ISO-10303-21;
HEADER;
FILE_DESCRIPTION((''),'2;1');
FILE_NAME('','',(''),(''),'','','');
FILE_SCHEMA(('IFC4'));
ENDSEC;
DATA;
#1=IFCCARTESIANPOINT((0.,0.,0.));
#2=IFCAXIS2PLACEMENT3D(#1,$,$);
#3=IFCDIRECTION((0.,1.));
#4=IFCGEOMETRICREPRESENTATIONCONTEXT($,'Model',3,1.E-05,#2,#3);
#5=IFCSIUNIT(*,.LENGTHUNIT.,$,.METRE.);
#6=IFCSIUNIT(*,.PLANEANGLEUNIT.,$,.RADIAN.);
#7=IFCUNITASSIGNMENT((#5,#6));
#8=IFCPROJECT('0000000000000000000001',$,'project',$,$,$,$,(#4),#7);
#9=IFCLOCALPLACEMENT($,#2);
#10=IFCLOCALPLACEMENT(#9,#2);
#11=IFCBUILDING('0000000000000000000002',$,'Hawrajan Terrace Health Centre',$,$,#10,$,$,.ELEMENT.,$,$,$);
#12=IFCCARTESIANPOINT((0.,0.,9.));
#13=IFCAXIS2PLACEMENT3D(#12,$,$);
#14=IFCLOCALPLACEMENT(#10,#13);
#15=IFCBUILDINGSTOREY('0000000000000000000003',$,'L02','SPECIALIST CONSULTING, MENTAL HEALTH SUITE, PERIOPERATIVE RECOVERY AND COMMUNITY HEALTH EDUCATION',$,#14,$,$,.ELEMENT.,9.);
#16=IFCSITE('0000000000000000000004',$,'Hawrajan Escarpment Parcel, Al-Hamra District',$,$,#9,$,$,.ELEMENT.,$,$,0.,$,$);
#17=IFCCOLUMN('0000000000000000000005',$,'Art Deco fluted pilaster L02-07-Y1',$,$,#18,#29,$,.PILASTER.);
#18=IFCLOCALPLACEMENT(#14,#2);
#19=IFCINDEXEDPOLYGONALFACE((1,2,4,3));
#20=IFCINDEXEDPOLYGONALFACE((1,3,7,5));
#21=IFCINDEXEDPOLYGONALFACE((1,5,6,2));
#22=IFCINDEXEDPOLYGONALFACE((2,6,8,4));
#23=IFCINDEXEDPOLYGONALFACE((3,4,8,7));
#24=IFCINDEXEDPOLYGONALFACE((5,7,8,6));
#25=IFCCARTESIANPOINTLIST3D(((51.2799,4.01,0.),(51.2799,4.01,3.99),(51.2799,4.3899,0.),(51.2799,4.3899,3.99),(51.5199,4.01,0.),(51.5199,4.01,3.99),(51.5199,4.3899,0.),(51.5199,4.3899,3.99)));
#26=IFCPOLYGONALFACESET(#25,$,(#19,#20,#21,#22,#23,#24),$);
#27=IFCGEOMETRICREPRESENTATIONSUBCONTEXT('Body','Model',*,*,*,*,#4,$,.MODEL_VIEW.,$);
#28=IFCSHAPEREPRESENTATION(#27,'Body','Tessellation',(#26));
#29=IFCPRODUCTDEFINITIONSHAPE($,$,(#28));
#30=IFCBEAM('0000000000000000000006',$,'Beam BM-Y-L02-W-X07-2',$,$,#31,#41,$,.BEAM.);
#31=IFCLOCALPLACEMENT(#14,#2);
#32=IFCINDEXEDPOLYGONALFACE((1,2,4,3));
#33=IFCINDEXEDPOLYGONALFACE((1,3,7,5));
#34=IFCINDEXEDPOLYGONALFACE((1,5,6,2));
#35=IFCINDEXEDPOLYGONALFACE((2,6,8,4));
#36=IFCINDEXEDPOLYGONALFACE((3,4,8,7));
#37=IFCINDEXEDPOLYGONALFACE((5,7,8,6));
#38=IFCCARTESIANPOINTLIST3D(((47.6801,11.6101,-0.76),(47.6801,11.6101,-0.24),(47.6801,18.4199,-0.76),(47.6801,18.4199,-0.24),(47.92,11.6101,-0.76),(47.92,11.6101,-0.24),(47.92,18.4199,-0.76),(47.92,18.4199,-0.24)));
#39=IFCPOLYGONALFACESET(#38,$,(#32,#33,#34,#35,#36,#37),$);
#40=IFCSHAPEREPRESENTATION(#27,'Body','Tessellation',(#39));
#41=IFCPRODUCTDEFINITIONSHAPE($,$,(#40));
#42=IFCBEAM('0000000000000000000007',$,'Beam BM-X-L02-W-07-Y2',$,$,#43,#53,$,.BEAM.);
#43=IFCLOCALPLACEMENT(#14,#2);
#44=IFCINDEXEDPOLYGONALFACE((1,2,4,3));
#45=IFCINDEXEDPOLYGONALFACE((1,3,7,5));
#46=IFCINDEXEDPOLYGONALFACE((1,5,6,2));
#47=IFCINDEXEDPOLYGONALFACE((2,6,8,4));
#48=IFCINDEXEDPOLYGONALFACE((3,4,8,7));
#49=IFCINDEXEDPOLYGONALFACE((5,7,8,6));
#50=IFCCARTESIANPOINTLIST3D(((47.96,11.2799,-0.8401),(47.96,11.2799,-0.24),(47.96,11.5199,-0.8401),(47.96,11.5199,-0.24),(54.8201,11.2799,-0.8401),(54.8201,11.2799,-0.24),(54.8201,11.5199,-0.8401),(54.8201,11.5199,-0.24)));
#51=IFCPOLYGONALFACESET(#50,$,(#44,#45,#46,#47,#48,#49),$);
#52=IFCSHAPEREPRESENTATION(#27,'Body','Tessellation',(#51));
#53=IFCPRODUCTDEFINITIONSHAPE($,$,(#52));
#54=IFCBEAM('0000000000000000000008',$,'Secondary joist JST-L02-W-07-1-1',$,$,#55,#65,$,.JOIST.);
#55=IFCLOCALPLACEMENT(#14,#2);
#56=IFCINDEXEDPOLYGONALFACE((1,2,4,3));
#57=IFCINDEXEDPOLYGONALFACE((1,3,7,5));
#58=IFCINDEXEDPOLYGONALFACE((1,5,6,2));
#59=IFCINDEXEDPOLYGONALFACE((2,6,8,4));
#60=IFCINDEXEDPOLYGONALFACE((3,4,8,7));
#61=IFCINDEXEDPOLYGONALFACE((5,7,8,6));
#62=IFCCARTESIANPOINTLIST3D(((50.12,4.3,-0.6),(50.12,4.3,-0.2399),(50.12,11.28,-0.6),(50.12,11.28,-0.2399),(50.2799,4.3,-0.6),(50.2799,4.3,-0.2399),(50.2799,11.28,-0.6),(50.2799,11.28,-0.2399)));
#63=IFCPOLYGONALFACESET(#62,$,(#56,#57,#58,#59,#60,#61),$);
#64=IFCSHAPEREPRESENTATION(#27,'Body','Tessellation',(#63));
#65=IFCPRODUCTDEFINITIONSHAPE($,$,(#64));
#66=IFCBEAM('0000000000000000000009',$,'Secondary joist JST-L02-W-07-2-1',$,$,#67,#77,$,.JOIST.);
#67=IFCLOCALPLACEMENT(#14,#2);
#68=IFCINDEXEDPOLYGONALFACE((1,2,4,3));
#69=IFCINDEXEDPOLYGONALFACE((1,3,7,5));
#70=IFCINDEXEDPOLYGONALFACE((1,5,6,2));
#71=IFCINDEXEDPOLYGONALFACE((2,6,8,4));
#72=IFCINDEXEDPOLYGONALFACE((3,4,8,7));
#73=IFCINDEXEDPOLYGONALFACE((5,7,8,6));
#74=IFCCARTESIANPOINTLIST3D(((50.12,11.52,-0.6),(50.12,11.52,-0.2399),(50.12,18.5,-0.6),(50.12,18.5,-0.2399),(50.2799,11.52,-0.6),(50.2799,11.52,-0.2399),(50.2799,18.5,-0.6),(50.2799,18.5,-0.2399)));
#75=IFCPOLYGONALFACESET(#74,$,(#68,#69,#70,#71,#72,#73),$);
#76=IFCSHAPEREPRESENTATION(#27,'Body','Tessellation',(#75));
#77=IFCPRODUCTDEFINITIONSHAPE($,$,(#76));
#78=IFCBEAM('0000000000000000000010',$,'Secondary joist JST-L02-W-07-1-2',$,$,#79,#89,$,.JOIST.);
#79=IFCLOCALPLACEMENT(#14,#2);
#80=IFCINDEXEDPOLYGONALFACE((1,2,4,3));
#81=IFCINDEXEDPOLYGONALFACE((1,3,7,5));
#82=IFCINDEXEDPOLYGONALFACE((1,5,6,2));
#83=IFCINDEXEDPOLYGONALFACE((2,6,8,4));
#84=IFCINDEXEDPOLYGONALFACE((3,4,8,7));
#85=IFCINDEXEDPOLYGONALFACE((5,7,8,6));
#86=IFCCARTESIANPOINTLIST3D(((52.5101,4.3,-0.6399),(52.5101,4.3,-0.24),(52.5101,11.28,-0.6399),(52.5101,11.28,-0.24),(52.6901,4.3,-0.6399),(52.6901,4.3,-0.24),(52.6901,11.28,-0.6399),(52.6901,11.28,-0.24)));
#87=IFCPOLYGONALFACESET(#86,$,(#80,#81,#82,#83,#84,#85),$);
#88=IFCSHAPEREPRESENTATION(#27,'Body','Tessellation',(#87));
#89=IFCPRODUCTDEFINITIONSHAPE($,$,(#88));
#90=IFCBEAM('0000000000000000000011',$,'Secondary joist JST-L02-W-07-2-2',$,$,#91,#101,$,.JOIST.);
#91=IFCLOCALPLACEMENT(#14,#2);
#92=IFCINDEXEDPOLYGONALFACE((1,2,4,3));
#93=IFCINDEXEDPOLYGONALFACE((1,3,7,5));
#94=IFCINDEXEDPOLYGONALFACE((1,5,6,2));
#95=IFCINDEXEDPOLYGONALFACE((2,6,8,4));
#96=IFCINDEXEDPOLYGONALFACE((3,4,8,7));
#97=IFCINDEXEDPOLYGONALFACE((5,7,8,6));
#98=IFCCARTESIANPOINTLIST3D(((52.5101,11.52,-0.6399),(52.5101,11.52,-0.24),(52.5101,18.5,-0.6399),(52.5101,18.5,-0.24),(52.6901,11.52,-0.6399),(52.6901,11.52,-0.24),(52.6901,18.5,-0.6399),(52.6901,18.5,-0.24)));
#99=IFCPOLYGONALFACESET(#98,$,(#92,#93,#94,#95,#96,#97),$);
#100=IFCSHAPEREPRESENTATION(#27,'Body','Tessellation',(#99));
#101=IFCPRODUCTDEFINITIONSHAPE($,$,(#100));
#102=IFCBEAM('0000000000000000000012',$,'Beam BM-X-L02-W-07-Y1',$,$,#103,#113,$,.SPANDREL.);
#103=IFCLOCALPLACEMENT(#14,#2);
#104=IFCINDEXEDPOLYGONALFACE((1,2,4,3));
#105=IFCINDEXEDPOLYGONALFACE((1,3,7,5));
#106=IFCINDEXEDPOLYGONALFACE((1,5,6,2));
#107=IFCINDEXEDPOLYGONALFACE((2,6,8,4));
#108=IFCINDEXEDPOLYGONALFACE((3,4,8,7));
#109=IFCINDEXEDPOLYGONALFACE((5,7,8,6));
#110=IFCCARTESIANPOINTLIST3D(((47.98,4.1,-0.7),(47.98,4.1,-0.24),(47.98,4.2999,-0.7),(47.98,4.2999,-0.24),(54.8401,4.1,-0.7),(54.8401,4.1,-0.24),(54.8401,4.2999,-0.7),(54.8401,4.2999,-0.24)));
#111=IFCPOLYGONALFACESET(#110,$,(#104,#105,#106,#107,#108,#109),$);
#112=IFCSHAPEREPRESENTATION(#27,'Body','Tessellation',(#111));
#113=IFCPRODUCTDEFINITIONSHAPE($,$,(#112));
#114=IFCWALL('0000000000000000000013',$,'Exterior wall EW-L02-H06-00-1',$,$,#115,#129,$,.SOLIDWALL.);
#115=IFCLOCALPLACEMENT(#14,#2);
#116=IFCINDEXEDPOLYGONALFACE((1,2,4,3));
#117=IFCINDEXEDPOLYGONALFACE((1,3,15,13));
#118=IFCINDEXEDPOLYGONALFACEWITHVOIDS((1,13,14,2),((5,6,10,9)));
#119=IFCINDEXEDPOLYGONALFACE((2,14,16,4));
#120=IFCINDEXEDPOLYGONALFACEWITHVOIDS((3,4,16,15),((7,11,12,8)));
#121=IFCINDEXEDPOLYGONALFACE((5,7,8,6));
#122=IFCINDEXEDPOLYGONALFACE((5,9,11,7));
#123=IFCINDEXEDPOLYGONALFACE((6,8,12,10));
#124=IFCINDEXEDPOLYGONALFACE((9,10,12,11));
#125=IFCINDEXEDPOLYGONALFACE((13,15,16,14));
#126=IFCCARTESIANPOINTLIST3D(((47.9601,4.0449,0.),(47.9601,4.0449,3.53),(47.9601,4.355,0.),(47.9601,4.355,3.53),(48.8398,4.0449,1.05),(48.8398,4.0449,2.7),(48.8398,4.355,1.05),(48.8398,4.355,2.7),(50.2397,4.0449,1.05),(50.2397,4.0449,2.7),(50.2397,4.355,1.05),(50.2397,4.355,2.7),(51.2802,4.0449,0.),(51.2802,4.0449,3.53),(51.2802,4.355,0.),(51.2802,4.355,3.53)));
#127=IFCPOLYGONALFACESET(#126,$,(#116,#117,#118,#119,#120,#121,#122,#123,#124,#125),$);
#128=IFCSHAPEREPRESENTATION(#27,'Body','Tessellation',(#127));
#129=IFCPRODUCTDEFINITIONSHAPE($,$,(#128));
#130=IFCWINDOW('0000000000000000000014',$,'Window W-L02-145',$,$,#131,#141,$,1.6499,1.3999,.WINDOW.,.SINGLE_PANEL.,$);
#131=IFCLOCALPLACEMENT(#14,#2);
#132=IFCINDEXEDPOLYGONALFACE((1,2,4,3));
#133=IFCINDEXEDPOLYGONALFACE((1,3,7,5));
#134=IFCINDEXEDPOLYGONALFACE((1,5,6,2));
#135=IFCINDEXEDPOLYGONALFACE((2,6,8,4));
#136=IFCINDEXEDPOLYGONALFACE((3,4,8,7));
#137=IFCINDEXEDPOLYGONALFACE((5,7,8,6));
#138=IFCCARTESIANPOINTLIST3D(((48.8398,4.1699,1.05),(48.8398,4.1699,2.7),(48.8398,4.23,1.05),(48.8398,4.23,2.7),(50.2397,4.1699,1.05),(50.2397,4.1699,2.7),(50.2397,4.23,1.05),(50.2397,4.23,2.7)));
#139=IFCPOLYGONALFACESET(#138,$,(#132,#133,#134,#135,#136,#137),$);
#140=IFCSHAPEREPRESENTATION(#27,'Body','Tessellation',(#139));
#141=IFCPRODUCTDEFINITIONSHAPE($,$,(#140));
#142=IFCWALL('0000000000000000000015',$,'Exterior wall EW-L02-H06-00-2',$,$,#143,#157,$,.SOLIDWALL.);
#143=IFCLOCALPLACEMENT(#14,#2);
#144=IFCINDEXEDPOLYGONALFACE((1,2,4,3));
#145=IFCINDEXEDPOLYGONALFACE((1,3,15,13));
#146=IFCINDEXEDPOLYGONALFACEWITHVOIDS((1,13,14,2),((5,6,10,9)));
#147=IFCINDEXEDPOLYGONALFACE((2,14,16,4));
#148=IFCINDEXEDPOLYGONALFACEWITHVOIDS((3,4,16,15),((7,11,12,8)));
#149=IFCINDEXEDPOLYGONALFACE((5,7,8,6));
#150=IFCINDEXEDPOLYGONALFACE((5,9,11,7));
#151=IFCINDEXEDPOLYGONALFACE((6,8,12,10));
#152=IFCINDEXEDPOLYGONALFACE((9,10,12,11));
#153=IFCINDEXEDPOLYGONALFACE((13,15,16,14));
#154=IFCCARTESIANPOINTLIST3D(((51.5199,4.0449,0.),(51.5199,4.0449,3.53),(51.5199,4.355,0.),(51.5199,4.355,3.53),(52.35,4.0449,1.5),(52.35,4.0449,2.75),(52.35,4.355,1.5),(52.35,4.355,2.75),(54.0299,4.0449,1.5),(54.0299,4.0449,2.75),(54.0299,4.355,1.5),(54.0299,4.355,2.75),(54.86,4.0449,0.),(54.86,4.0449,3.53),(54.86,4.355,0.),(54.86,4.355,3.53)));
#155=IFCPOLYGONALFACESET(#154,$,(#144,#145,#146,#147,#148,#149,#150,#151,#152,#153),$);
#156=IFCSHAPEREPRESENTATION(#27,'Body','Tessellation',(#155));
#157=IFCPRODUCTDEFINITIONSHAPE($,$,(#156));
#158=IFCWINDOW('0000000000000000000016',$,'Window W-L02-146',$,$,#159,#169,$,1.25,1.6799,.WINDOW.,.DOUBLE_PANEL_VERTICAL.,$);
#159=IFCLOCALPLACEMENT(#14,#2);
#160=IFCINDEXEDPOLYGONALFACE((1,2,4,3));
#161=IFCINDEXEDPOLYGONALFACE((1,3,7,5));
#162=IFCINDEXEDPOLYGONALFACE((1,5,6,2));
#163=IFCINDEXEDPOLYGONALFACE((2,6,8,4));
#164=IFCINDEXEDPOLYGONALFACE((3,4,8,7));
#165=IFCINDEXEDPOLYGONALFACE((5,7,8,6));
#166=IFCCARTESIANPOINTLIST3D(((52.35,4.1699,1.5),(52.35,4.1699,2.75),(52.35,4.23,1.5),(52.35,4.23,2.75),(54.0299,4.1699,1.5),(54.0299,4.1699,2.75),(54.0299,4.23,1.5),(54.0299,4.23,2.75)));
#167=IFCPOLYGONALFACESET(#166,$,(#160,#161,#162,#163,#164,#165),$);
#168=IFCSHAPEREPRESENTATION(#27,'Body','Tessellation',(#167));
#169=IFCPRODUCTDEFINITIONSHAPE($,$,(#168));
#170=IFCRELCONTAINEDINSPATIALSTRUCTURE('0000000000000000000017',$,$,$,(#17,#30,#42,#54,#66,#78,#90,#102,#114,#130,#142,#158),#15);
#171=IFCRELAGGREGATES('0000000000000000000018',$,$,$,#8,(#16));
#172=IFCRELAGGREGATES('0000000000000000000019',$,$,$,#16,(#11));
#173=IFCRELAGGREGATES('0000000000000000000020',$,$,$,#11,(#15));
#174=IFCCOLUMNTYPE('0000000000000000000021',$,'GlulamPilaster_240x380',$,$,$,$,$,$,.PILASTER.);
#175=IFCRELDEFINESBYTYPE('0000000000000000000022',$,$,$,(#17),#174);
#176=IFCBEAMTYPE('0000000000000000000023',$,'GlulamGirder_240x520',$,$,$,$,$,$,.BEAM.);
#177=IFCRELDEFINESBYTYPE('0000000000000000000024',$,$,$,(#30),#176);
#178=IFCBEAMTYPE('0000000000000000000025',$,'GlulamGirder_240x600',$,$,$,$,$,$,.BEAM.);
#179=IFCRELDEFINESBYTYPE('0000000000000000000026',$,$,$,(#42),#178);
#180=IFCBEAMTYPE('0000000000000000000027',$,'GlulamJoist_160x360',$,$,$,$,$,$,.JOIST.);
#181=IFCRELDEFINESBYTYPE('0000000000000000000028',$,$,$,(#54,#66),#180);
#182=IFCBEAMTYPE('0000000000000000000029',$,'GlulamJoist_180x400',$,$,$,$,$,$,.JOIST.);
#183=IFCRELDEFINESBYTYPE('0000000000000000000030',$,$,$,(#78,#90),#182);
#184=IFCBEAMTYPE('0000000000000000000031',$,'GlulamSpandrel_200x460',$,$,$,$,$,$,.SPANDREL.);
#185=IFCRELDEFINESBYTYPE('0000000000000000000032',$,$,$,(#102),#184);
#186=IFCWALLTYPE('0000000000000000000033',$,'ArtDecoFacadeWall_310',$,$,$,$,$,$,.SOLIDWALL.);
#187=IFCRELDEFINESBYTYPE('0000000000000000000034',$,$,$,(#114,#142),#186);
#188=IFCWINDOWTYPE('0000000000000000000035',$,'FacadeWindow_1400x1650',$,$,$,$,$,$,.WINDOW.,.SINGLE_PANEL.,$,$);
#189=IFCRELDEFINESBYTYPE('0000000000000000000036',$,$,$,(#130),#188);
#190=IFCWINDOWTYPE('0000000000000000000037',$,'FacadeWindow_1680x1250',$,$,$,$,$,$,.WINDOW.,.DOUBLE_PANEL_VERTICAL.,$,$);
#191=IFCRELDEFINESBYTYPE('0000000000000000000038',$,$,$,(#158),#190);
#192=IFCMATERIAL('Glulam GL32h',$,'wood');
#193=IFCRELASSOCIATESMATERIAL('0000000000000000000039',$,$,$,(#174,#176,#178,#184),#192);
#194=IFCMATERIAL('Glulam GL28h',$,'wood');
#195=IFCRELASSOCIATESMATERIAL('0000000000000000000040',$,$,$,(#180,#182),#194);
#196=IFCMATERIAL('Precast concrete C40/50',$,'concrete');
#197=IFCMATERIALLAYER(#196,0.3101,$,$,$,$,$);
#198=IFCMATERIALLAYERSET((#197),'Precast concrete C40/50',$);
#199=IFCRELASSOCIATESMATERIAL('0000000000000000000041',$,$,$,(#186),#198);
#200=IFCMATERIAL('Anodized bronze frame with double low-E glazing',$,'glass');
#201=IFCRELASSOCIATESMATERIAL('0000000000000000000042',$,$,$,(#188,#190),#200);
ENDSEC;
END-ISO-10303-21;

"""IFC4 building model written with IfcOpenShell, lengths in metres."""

from ifc_helpers import new_model, si_unit, direction, frame, frame_2d, origin, origin_2d, place, context, subcontext, project, spatial, rectangle, extrude, material, layer, layer_set, material_profile, profile_set, type_object, element, fill, save


model = new_model("IFC4")

# Units and contexts
model_context = context("Model", 3, precision=1e-05, world=origin(), true_north=direction((0.0, 1.0)))
body_context = subcontext(model_context, "Body", "Model", "MODEL_VIEW")
ifc_project = project(units=[si_unit("LENGTHUNIT", "METRE"), si_unit("PLANEANGLEUNIT", "RADIAN")], contexts=[model_context])

# Site, building, storey
site_placement = place(None, origin())
site = spatial("IfcSite", under=ifc_project, at=site_placement, Name="Hawrajan Escarpment Parcel, Al-Hamra District", CompositionType="ELEMENT", RefElevation=0.0)
building_placement = place(site_placement, origin())
building = spatial("IfcBuilding", under=site, at=building_placement, Name="Hawrajan Terrace Health Centre", CompositionType="ELEMENT")
storey_placement = place(building_placement, frame((0.0, 0.0, 9.0)))
storey = spatial("IfcBuildingStorey", under=building, at=storey_placement, Name="L02", Description="SPECIALIST CONSULTING, MENTAL HEALTH SUITE, PERIOPERATIVE RECOVERY AND COMMUNITY HEALTH EDUCATION", CompositionType="ELEMENT", Elevation=9.0)

# Column
ifc_material_1 = material(Name="Glulam GL32h", Category="wood")
ifc_material_profile_1 = material_profile(ifc_material_1, rectangle(XDim=0.24, YDim=0.3799, at=origin_2d()), Name="GL PIL 240x380")
ifc_profile_set_1 = profile_set([ifc_material_profile_1], Name="Glulam GL32h")
column_type = type_object("IfcColumnType", Name="GlulamPilaster_240x380", PredefinedType="PILASTER", material=ifc_profile_set_1)
column_placement = place(storey_placement, frame((51.3999, 4.2, 0.0), z_axis=(0.0, 0.0, 1.0), x_axis=(1.0, 0.0, 0.0)))
element("IfcColumn", 1, at=column_placement, inside=storey, type_object=column_type, Name="Art Deco fluted pilaster L02-07-Y1", PredefinedType="PILASTER", context=body_context, shape_type="SweptSolid", body=[
    extrude(rectangle(XDim=0.24, YDim=0.3799, at=origin_2d()), origin(), (0.0, 0.0, 1.0), 3.99),
])

# Beams
ifc_material_profile_2 = material_profile(ifc_material_1, rectangle(XDim=0.24, YDim=0.52, at=origin_2d()), Name="GL BM 240x520")
ifc_profile_set_2 = profile_set([ifc_material_profile_2], Name="Glulam GL32h")
beam_type_1 = type_object("IfcBeamType", Name="GlulamGirder_240x520", PredefinedType="BEAM", material=ifc_profile_set_2)
beam_1_placement = place(storey_placement, frame((47.8, 11.6101, -0.5), z_axis=(0.0, 1.0, 0.0), x_axis=(-1.0, 0.0, 0.0)))
element("IfcBeam", 2, at=beam_1_placement, inside=storey, type_object=beam_type_1, Name="Beam BM-Y-L02-W-X07-2", PredefinedType="BEAM", context=body_context, shape_type="SweptSolid", body=[
    extrude(rectangle(XDim=0.24, YDim=0.52, at=origin_2d()), origin(), (0.0, 0.0, 1.0), 6.8098),
])
ifc_material_profile_3 = material_profile(ifc_material_1, rectangle(XDim=0.24, YDim=0.6001, at=origin_2d()), Name="GL BM 240x600")
ifc_profile_set_3 = profile_set([ifc_material_profile_3], Name="Glulam GL32h")
beam_type_2 = type_object("IfcBeamType", Name="GlulamGirder_240x600", PredefinedType="BEAM", material=ifc_profile_set_3)
beam_2_placement = place(storey_placement, frame((47.96, 11.3999, -0.54), z_axis=(1.0, 0.0, 0.0), x_axis=(0.0, 1.0, 0.0)))
element("IfcBeam", 3, at=beam_2_placement, inside=storey, type_object=beam_type_2, Name="Beam BM-X-L02-W-07-Y2", PredefinedType="BEAM", context=body_context, shape_type="SweptSolid", body=[
    extrude(rectangle(XDim=0.24, YDim=0.6001, at=origin_2d()), origin(), (0.0, 0.0, 1.0), 6.8601),
])
ifc_material_2 = material(Name="Glulam GL28h", Category="wood")
ifc_material_profile_4 = material_profile(ifc_material_2, rectangle(XDim=0.1599, YDim=0.3601, at=origin_2d()), Name="GL JST 160x360")
ifc_profile_set_4 = profile_set([ifc_material_profile_4], Name="Glulam GL28h")
beam_type_3 = type_object("IfcBeamType", Name="GlulamJoist_160x360", PredefinedType="JOIST", material=ifc_profile_set_4)
for number, where, z_axis, x_axis, name in (
    (4, (50.2, 4.3, -0.4199), (0.0, 1.0, 0.0), (-1.0, 0.0, 0.0), "Secondary joist JST-L02-W-07-1-1"),
    (5, (50.2, 11.52, -0.4199), (0.0, 1.0, 0.0), (-1.0, 0.0, 0.0), "Secondary joist JST-L02-W-07-2-1"),
):
    element("IfcBeam", number, at=place(storey_placement, frame(where, z_axis=z_axis, x_axis=x_axis)), inside=storey, type_object=beam_type_3, Name=name, PredefinedType="JOIST", context=body_context, shape_type="SweptSolid", body=[
        extrude(rectangle(XDim=0.1599, YDim=0.3601, at=origin_2d()), origin(), (0.0, 0.0, 1.0), 6.98),
    ])
ifc_material_profile_5 = material_profile(ifc_material_2, rectangle(XDim=0.1799, YDim=0.3999, at=origin_2d()), Name="GL JST 180x400")
ifc_profile_set_5 = profile_set([ifc_material_profile_5], Name="Glulam GL28h")
beam_type_4 = type_object("IfcBeamType", Name="GlulamJoist_180x400", PredefinedType="JOIST", material=ifc_profile_set_5)
for number, where, z_axis, x_axis, name in (
    (6, (52.6001, 4.3, -0.4399), (0.0, 1.0, 0.0), (-1.0, 0.0, 0.0), "Secondary joist JST-L02-W-07-1-2"),
    (7, (52.6001, 11.52, -0.4399), (0.0, 1.0, 0.0), (-1.0, 0.0, 0.0), "Secondary joist JST-L02-W-07-2-2"),
):
    element("IfcBeam", number, at=place(storey_placement, frame(where, z_axis=z_axis, x_axis=x_axis)), inside=storey, type_object=beam_type_4, Name=name, PredefinedType="JOIST", context=body_context, shape_type="SweptSolid", body=[
        extrude(rectangle(XDim=0.1799, YDim=0.3999, at=origin_2d()), origin(), (0.0, 0.0, 1.0), 6.98),
    ])
ifc_material_profile_6 = material_profile(ifc_material_1, rectangle(XDim=0.2, YDim=0.46, at=origin_2d()), Name="GL SP 200x460")
ifc_profile_set_6 = profile_set([ifc_material_profile_6], Name="Glulam GL32h")
beam_type_5 = type_object("IfcBeamType", Name="GlulamSpandrel_200x460", PredefinedType="SPANDREL", material=ifc_profile_set_6)
beam_3_placement = place(storey_placement, frame((47.98, 4.2, -0.47), z_axis=(1.0, 0.0, 0.0), x_axis=(0.0, 1.0, 0.0)))
element("IfcBeam", 8, at=beam_3_placement, inside=storey, type_object=beam_type_5, Name="Beam BM-X-L02-W-07-Y1", PredefinedType="SPANDREL", context=body_context, shape_type="SweptSolid", body=[
    extrude(rectangle(XDim=0.2, YDim=0.46, at=origin_2d()), origin(), (0.0, 0.0, 1.0), 6.8601),
])

# Walls, openings, windows
ifc_material_3 = material(Name="Precast concrete C40/50", Category="concrete")
ifc_layer_1 = layer(ifc_material_3, 0.3101)
ifc_layer_set_1 = layer_set([ifc_layer_1], Name="Precast concrete C40/50")
wall_type_1 = type_object("IfcWallType", Name="ArtDecoFacadeWall_310", PredefinedType="SOLIDWALL", material=ifc_layer_set_1)
wall_1_placement = place(storey_placement, frame((47.96, 4.2, 0.0), z_axis=(0.0, 0.0, 1.0), x_axis=(1.0, 0.0, 0.0)))
wall_1 = element("IfcWall", 9, at=wall_1_placement, inside=storey, type_object=wall_type_1, Name="Exterior wall EW-L02-H06-00-1", PredefinedType="SOLIDWALL", context=body_context, shape_type="SweptSolid", body=[
    extrude(rectangle(XDim=3.3201, YDim=0.3101, at=frame_2d((1.6602, 0.0))), origin(), (0.0, 0.0, 1.0), 3.53),
])
opening_1_placement = place(wall_1_placement, frame((0.8799, 0.0, 1.05)))
opening_1 = element("IfcOpeningElement", 10, at=opening_1_placement, cuts=wall_1, PredefinedType="OPENING", context=body_context, shape_type="SweptSolid", body=[
    extrude(rectangle(XDim=1.3999, YDim=1.6499, at=frame_2d((0.7, 0.825))), frame((0.0, 0.165, 0.0), z_axis=(0.0, -1.0, 0.0), x_axis=(1.0, 0.0, 0.0)), (0.0, 0.0, 1.0), 0.3301),
])
ifc_material_4 = material(Name="Anodized bronze frame with double low-E glazing", Category="glass")
window_type_1 = type_object("IfcWindowType", Name="FacadeWindow_1400x1650", PartitioningType="SINGLE_PANEL", PredefinedType="WINDOW", material=ifc_material_4)
window_1_placement = place(opening_1_placement, origin())
window_1 = element("IfcWindow", 11, at=window_1_placement, inside=storey, type_object=window_type_1, Name="Window W-L02-145", OverallHeight=1.6499, OverallWidth=1.3999, PartitioningType="SINGLE_PANEL", PredefinedType="WINDOW", context=body_context, shape_type="SweptSolid", body=[
    extrude(rectangle(XDim=1.3999, YDim=1.6499, at=frame_2d((0.7, 0.825))), frame((0.0, 0.03, 0.0), z_axis=(0.0, -1.0, 0.0), x_axis=(1.0, 0.0, 0.0)), (0.0, 0.0, 1.0), 0.0601),
])
fill(opening_1, window_1)
wall_2_placement = place(storey_placement, frame((51.52, 4.2, 0.0), z_axis=(0.0, 0.0, 1.0), x_axis=(1.0, 0.0, 0.0)))
wall_2 = element("IfcWall", 12, at=wall_2_placement, inside=storey, type_object=wall_type_1, Name="Exterior wall EW-L02-H06-00-2", PredefinedType="SOLIDWALL", context=body_context, shape_type="SweptSolid", body=[
    extrude(rectangle(XDim=3.3401, YDim=0.3101, at=frame_2d((1.6699, 0.0))), origin(), (0.0, 0.0, 1.0), 3.53),
])
opening_2_placement = place(wall_2_placement, frame((0.8301, 0.0, 1.5)))
opening_2 = element("IfcOpeningElement", 13, at=opening_2_placement, cuts=wall_2, PredefinedType="OPENING", context=body_context, shape_type="SweptSolid", body=[
    extrude(rectangle(XDim=1.6799, YDim=1.25, at=frame_2d((0.8398, 0.625))), frame((0.0, 0.165, 0.0), z_axis=(0.0, -1.0, 0.0), x_axis=(1.0, 0.0, 0.0)), (0.0, 0.0, 1.0), 0.3301),
])
window_type_2 = type_object("IfcWindowType", Name="FacadeWindow_1680x1250", PartitioningType="DOUBLE_PANEL_VERTICAL", PredefinedType="WINDOW", material=ifc_material_4)
window_2_placement = place(opening_2_placement, origin())
window_2 = element("IfcWindow", 14, at=window_2_placement, inside=storey, type_object=window_type_2, Name="Window W-L02-146", OverallHeight=1.25, OverallWidth=1.6799, PartitioningType="DOUBLE_PANEL_VERTICAL", PredefinedType="WINDOW", context=body_context, shape_type="SweptSolid", body=[
    extrude(rectangle(XDim=1.6799, YDim=1.25, at=frame_2d((0.8398, 0.625))), frame((0.0, 0.03, 0.0), z_axis=(0.0, -1.0, 0.0), x_axis=(1.0, 0.0, 0.0)), (0.0, 0.0, 1.0), 0.0601),
])
fill(opening_2, window_2)

save(model, "model.ifc")
